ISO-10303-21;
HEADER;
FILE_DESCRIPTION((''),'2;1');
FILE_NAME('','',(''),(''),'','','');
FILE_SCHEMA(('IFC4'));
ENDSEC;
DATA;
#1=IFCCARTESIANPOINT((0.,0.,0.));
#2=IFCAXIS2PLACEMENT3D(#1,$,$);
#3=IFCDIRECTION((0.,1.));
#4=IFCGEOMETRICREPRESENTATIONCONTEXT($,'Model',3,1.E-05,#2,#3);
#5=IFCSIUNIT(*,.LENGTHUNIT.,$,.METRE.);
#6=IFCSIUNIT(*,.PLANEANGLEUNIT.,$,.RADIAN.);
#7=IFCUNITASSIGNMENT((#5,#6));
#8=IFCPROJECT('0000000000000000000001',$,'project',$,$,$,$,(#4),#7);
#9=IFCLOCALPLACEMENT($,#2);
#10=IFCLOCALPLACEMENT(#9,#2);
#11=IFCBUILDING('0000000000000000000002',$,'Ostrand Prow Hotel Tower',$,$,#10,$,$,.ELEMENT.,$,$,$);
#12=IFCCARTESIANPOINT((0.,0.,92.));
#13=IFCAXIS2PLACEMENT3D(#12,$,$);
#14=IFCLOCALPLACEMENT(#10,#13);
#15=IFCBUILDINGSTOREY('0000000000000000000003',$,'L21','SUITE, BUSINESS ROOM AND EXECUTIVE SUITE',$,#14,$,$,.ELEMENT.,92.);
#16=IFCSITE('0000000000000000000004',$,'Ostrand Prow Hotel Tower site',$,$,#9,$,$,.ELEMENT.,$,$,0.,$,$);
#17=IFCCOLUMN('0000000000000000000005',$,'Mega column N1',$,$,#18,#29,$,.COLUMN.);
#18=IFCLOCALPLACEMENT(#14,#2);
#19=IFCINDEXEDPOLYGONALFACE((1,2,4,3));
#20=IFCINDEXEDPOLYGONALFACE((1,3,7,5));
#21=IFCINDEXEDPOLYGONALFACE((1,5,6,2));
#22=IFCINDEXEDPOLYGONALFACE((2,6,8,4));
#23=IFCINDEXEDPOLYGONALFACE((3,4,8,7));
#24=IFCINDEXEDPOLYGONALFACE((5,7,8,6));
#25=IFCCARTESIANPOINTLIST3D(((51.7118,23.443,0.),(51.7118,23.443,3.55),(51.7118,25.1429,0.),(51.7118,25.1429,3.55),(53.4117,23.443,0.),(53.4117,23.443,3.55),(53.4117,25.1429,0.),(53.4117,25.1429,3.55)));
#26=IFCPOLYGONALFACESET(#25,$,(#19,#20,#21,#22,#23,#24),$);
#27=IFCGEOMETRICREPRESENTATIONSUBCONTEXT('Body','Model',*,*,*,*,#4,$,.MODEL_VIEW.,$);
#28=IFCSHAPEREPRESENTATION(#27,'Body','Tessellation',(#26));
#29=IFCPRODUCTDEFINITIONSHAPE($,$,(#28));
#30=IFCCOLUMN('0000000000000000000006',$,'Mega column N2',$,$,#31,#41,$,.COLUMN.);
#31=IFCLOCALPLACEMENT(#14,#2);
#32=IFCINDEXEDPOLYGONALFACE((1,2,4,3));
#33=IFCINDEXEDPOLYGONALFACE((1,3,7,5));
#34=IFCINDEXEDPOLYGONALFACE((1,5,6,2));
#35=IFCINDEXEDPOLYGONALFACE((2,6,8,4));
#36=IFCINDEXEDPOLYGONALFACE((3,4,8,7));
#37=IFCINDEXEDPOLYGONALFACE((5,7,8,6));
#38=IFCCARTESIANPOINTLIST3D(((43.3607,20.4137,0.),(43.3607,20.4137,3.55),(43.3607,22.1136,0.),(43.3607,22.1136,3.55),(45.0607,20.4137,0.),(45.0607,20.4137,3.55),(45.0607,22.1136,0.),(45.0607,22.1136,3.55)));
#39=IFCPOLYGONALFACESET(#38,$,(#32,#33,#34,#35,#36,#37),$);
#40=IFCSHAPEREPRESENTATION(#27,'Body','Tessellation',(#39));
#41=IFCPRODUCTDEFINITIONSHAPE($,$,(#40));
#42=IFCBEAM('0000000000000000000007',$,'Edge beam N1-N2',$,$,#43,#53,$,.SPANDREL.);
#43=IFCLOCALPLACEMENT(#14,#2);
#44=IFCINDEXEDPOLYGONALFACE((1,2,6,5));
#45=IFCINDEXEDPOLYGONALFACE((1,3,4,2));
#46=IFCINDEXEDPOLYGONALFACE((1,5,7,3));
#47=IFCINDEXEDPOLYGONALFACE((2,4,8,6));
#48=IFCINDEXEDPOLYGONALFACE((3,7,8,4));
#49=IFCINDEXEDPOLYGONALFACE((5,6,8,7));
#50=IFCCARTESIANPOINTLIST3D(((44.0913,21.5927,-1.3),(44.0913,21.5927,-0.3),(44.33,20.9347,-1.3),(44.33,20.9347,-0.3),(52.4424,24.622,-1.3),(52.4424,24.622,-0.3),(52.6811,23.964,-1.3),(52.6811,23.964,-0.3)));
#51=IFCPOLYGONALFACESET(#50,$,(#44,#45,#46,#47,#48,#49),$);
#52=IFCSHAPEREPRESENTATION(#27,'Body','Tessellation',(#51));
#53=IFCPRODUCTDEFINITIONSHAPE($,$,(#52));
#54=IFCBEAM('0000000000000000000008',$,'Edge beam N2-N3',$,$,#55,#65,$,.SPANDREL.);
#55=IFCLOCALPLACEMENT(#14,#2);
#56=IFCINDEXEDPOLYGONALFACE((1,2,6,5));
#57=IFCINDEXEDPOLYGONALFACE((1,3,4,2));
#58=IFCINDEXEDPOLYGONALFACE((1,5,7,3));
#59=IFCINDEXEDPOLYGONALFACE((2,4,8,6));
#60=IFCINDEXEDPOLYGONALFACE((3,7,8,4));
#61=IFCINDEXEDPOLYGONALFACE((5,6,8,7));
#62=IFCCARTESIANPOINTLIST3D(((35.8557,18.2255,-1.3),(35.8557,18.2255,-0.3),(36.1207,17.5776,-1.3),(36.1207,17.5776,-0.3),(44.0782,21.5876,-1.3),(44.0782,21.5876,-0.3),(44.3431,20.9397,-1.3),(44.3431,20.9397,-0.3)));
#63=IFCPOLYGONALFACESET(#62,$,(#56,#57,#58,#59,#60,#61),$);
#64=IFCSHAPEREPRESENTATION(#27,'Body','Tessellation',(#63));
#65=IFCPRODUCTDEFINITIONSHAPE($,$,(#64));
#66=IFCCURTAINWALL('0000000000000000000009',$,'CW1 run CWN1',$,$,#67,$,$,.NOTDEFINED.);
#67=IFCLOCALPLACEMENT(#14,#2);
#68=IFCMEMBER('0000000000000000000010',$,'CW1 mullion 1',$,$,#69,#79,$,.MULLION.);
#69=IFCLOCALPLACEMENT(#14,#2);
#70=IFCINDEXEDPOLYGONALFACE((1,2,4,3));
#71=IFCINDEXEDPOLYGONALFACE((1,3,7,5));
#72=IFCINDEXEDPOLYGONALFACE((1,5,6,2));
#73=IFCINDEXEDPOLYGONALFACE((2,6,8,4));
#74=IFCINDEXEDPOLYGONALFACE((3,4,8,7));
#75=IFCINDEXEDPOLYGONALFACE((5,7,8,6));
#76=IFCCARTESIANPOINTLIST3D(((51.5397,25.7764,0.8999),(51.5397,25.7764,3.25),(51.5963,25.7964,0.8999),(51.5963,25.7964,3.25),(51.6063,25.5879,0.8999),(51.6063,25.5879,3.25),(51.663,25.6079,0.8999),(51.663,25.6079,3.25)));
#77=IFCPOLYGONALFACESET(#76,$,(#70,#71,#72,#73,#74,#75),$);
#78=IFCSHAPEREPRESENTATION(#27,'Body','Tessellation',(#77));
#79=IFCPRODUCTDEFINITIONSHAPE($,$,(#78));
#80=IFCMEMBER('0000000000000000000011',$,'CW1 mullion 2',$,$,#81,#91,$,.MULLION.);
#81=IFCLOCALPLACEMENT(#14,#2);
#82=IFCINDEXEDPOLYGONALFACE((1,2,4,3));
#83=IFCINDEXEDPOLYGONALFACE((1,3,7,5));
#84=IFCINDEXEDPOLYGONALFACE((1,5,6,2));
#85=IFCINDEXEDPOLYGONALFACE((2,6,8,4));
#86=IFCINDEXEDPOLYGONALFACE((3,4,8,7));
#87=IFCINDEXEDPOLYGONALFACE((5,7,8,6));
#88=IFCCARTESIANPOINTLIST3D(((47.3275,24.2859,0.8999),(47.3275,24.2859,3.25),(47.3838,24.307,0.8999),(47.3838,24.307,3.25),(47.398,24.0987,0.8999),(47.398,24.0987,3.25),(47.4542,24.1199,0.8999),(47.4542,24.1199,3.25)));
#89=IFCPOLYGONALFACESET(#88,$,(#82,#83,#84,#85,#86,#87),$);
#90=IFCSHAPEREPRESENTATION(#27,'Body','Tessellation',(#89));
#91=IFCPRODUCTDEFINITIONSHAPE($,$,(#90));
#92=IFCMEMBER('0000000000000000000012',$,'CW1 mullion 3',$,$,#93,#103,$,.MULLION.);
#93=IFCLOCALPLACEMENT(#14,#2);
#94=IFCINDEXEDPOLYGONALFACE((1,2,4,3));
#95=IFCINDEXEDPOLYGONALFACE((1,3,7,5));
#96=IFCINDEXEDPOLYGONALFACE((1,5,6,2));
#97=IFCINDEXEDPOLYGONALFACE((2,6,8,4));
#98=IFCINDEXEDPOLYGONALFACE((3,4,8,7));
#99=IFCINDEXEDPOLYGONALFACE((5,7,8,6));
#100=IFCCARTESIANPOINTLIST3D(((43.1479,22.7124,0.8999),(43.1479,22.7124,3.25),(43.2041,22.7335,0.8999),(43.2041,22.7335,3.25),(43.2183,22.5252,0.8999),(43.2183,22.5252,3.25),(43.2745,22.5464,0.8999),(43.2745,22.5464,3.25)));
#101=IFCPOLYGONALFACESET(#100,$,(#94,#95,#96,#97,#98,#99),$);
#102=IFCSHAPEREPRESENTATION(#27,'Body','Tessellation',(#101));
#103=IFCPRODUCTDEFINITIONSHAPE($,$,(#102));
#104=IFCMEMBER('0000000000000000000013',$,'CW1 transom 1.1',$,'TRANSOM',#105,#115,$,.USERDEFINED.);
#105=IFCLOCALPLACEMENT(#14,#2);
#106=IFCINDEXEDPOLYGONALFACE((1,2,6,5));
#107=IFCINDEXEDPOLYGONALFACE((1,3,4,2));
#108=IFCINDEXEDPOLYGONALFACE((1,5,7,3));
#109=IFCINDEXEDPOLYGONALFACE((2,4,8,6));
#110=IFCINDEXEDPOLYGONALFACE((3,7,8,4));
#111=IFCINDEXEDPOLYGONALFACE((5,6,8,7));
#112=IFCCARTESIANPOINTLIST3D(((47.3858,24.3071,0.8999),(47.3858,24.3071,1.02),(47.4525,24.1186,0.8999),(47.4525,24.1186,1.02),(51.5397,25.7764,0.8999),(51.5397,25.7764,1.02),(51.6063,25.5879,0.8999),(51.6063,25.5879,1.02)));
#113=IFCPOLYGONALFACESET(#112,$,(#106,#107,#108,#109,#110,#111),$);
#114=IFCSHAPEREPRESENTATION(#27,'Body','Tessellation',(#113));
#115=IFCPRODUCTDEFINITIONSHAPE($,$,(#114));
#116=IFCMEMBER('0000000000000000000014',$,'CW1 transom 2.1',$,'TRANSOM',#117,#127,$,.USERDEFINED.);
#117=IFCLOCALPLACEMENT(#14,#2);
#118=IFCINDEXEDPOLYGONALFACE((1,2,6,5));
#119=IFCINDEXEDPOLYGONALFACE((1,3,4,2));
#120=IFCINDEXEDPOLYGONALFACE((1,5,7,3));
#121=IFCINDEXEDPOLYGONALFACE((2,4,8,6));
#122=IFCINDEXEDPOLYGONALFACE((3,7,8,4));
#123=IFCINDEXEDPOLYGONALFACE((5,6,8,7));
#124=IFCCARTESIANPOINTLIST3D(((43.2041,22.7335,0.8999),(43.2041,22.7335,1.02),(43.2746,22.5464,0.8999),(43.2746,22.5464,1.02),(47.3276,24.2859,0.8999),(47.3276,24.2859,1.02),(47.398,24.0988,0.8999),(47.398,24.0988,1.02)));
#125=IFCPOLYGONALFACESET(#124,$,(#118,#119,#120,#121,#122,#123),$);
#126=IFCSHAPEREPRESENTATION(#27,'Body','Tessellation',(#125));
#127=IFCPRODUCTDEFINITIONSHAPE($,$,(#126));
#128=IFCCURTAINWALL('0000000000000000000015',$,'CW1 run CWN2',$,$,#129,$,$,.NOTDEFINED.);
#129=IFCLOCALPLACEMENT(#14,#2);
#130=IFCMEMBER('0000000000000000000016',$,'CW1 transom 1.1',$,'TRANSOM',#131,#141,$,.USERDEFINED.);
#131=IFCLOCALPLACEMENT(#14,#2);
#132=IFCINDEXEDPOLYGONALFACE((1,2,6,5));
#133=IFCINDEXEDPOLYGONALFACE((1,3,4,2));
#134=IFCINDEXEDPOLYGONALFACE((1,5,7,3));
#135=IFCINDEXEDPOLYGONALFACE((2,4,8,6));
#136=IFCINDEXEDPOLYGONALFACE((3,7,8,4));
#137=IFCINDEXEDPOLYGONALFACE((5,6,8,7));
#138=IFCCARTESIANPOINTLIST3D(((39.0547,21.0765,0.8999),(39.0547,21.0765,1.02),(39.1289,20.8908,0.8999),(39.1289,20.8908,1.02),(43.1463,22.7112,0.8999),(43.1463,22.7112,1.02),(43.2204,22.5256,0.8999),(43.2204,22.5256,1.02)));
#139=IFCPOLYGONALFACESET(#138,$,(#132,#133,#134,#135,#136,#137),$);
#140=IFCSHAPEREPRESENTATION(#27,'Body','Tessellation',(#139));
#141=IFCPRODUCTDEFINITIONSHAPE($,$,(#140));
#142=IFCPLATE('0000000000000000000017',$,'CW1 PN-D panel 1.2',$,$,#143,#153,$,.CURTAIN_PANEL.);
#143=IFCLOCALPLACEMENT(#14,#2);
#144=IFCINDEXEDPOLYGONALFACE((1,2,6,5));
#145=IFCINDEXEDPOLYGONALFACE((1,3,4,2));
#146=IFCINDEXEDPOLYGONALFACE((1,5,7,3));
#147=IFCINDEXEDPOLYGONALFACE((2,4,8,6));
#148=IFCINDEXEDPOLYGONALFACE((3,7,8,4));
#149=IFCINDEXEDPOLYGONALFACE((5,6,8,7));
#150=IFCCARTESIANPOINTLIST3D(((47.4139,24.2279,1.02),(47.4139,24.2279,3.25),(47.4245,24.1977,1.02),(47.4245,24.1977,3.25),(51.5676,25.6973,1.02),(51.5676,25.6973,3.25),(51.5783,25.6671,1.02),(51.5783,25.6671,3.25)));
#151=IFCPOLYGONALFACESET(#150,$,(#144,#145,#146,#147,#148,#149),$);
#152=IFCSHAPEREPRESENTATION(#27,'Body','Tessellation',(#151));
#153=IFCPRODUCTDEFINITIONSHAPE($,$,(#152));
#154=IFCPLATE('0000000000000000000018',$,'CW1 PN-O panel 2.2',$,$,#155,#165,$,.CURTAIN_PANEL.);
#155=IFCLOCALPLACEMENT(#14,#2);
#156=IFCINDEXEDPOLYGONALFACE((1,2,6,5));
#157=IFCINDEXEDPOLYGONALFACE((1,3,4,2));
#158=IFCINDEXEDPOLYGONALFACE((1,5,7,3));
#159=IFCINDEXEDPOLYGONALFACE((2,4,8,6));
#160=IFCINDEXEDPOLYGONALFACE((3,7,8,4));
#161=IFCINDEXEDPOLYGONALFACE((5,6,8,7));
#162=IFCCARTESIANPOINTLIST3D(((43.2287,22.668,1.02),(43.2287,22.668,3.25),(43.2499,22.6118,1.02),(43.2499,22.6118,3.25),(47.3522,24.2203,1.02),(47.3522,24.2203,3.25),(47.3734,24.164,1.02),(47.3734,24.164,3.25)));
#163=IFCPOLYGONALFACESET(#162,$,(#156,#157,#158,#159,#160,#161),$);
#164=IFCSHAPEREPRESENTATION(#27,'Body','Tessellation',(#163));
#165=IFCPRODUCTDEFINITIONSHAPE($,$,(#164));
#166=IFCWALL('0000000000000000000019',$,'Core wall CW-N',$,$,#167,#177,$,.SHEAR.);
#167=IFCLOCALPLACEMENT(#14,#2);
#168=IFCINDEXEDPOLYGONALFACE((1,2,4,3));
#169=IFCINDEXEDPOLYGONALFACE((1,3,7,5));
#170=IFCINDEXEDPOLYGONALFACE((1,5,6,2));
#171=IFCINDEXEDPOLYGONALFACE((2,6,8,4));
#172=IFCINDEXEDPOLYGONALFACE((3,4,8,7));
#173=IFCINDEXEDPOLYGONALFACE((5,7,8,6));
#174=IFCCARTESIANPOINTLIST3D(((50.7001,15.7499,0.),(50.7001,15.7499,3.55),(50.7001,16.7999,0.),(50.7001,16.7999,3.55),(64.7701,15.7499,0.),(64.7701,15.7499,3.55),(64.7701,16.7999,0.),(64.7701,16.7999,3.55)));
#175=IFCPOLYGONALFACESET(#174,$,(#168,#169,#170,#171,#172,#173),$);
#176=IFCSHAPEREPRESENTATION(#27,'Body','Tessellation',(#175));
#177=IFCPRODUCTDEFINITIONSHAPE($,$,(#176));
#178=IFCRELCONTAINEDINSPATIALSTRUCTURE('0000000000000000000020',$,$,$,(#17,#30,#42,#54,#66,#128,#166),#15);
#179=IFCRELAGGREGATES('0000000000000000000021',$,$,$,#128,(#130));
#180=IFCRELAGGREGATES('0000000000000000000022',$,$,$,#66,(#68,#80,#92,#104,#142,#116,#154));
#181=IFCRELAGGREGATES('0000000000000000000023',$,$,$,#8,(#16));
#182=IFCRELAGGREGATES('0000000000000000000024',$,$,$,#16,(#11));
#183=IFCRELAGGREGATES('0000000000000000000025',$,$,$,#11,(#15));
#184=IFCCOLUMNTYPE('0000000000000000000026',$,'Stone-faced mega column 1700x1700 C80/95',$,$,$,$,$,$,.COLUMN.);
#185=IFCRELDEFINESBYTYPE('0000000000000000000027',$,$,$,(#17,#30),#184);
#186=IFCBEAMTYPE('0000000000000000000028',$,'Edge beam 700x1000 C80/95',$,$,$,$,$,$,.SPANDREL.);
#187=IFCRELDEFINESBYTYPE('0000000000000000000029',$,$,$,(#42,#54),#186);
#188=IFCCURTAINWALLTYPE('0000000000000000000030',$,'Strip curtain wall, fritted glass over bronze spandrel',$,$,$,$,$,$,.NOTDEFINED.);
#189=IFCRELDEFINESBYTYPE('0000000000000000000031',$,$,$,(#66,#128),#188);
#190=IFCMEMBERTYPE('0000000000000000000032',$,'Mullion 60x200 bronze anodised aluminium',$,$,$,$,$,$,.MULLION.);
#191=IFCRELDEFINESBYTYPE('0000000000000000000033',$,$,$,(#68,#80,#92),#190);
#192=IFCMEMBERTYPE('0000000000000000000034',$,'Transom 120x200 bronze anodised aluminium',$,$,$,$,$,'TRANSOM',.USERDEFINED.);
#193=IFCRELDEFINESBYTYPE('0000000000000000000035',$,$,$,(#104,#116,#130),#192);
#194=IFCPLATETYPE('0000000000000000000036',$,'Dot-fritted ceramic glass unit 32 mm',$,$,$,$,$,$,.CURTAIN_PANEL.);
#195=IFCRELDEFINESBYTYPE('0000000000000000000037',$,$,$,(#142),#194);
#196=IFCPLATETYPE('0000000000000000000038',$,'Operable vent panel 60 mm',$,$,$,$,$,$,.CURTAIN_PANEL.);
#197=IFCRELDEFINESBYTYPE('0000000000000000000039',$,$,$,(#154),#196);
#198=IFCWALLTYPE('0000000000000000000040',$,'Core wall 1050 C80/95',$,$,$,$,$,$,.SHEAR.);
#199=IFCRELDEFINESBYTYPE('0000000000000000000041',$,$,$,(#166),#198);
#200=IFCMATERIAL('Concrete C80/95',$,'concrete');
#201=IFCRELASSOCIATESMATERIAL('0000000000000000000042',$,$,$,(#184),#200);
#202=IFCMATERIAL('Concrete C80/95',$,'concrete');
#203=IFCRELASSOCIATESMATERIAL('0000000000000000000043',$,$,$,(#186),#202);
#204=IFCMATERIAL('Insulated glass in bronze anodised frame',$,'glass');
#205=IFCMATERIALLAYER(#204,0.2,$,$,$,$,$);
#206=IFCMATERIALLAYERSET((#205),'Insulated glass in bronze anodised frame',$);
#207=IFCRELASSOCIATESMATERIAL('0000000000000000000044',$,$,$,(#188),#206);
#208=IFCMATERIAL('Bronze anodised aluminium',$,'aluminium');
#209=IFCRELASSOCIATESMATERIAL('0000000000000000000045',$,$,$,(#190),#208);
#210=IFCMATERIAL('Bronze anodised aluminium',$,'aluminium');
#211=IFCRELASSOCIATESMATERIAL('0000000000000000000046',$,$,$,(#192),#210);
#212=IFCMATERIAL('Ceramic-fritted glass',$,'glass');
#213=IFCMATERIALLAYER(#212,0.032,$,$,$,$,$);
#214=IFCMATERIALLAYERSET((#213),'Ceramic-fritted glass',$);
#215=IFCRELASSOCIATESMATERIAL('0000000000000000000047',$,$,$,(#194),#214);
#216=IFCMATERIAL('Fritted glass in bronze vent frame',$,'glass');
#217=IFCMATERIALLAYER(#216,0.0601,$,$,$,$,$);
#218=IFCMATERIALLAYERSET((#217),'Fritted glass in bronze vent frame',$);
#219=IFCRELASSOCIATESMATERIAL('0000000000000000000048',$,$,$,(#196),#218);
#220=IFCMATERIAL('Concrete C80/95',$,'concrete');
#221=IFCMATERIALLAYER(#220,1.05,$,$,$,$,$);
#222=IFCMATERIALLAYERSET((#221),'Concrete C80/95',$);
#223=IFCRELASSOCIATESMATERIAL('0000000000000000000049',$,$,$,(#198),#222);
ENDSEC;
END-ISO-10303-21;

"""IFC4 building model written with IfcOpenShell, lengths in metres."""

from ifc_helpers import new_model, si_unit, direction, frame, frame_2d, origin, origin_2d, place, context, subcontext, project, spatial, rectangle, extrude, material, layer, layer_set, material_profile, profile_set, type_object, element, aggregate, save


model = new_model("IFC4")

# Units and contexts
model_context = context("Model", 3, precision=1e-05, world=origin(), true_north=direction((0.0, 1.0)))
body_context = subcontext(model_context, "Body", "Model", "MODEL_VIEW")
ifc_project = project(units=[si_unit("LENGTHUNIT", "METRE"), si_unit("PLANEANGLEUNIT", "RADIAN")], contexts=[model_context])

# Site, building, storey
site_placement = place(None, origin())
site = spatial("IfcSite", under=ifc_project, at=site_placement, Name="Ostrand Prow Hotel Tower site", CompositionType="ELEMENT", RefElevation=0.0)
building_placement = place(site_placement, origin())
building = spatial("IfcBuilding", under=site, at=building_placement, Name="Ostrand Prow Hotel Tower", CompositionType="ELEMENT")
storey_placement = place(building_placement, frame((0.0, 0.0, 92.0)))
storey = spatial("IfcBuildingStorey", under=building, at=storey_placement, Name="L21", Description="SUITE, BUSINESS ROOM AND EXECUTIVE SUITE", CompositionType="ELEMENT", Elevation=92.0)

# Columns
ifc_material_1 = material(Name="Concrete C80/95", Category="concrete")
ifc_material_profile_1 = material_profile(ifc_material_1, rectangle(XDim=1.7, YDim=1.7, at=origin_2d()), Name="RC 1700x1700")
ifc_profile_set_1 = profile_set([ifc_material_profile_1], Name="Concrete C80/95")
column_type = type_object("IfcColumnType", Name="Stone-faced mega column 1700x1700 C80/95", PredefinedType="COLUMN", material=ifc_profile_set_1)
for number, where, z_axis, x_axis, name in (
    (1, (52.5618, 24.293, 0.0), (0.0, 0.0, 1.0), (1.0, 0.0, 0.0), "Mega column N1"),
    (2, (44.2107, 21.2637, 0.0), (0.0, 0.0, 1.0), (1.0, 0.0, 0.0), "Mega column N2"),
):
    element("IfcColumn", number, at=place(storey_placement, frame(where, z_axis=z_axis, x_axis=x_axis)), inside=storey, type_object=column_type, Name=name, PredefinedType="COLUMN", context=body_context, shape_type="SweptSolid", body=[
        extrude(rectangle(XDim=1.7, YDim=1.7, at=origin_2d()), origin(), (0.0, 0.0, 1.0), 3.55),
    ])

# Beams
ifc_material_2 = material(Name="Concrete C80/95", Category="concrete")
ifc_material_profile_2 = material_profile(ifc_material_2, rectangle(XDim=0.7, YDim=1.0, at=origin_2d()), Name="RC 700x1000")
ifc_profile_set_2 = profile_set([ifc_material_profile_2], Name="Concrete C80/95")
beam_type = type_object("IfcBeamType", Name="Edge beam 700x1000 C80/95", PredefinedType="SPANDREL", material=ifc_profile_set_2)
beam_1_placement = place(storey_placement, frame((52.5618, 24.293, -0.8), z_axis=(-0.940063, -0.341002, 0.0), x_axis=(0.341002, -0.940063, 0.0)))
element("IfcBeam", 3, at=beam_1_placement, inside=storey, type_object=beam_type, Name="Edge beam N1-N2", PredefinedType="SPANDREL", context=body_context, shape_type="SweptSolid", body=[
    extrude(rectangle(XDim=0.7, YDim=1.0, at=origin_2d()), origin(), (0.0, 0.0, 1.0), 8.8835),
])
beam_2_placement = place(storey_placement, frame((44.2107, 21.2637, -0.8), z_axis=(-0.925612, -0.378473, 0.0), x_axis=(0.378473, -0.925612, 0.0)))
element("IfcBeam", 4, at=beam_2_placement, inside=storey, type_object=beam_type, Name="Edge beam N2-N3", PredefinedType="SPANDREL", context=body_context, shape_type="SweptSolid", body=[
    extrude(rectangle(XDim=0.7, YDim=1.0, at=origin_2d()), origin(), (0.0, 0.0, 1.0), 8.8833),
])

# Curtain wall, members
ifc_material_3 = material(Name="Insulated glass in bronze anodised frame", Category="glass")
ifc_layer_1 = layer(ifc_material_3, 0.2)
ifc_layer_set_1 = layer_set([ifc_layer_1], Name="Insulated glass in bronze anodised frame")
curtain_wall_type = type_object("IfcCurtainWallType", Name="Strip curtain wall, fritted glass over bronze spandrel", PredefinedType="NOTDEFINED", material=ifc_layer_set_1)
curtain_wall_1_placement = place(storey_placement, origin())
curtain_wall_1 = element("IfcCurtainWall", 5, at=curtain_wall_1_placement, inside=storey, type_object=curtain_wall_type, Name="CW1 run CWN1", PredefinedType="NOTDEFINED")
ifc_material_4 = material(Name="Bronze anodised aluminium", Category="aluminium")
ifc_material_profile_3 = material_profile(ifc_material_4, rectangle(XDim=0.2, YDim=0.0601, at=origin_2d()), Name="Mullion 60x200 bronze anodised aluminium")
ifc_profile_set_3 = profile_set([ifc_material_profile_3], Name="Bronze anodised aluminium")
member_type_1 = type_object("IfcMemberType", Name="Mullion 60x200 bronze anodised aluminium", PredefinedType="MULLION", material=ifc_profile_set_3)
member_1_placement = place(storey_placement, frame((51.6013, 25.6921, 0.8999), z_axis=(0.0, 0.0, 1.0), x_axis=(0.333496, -0.942752, 0.0)))
member_1 = element("IfcMember", 6, at=member_1_placement, type_object=member_type_1, Name="CW1 mullion 1", PredefinedType="MULLION", context=body_context, shape_type="SweptSolid", body=[
    extrude(rectangle(XDim=0.2, YDim=0.0601, at=origin_2d()), origin(), (0.0, 0.0, 1.0), 2.3501),
])
member_2_placement = place(storey_placement, frame((47.3909, 24.2029, 0.8999), z_axis=(0.0, 0.0, 1.0), x_axis=(0.352309, -0.935884, 0.0)))
member_2 = element("IfcMember", 7, at=member_2_placement, type_object=member_type_1, Name="CW1 mullion 2", PredefinedType="MULLION", context=body_context, shape_type="SweptSolid", body=[
    extrude(rectangle(XDim=0.2, YDim=0.0601, at=origin_2d()), origin(), (0.0, 0.0, 1.0), 2.3501),
])
member_3_placement = place(storey_placement, frame((43.2112, 22.6294, 0.8999), z_axis=(0.0, 0.0, 1.0), x_axis=(0.352309, -0.935884, 0.0)))
member_3 = element("IfcMember", 8, at=member_3_placement, type_object=member_type_1, Name="CW1 mullion 3", PredefinedType="MULLION", context=body_context, shape_type="SweptSolid", body=[
    extrude(rectangle(XDim=0.2, YDim=0.0601, at=origin_2d()), origin(), (0.0, 0.0, 1.0), 2.3501),
])
ifc_material_5 = material(Name="Bronze anodised aluminium", Category="aluminium")
ifc_material_profile_4 = material_profile(ifc_material_5, rectangle(XDim=0.2, YDim=0.1201, at=origin_2d()), Name="Transom 120x200 bronze anodised aluminium")
ifc_profile_set_4 = profile_set([ifc_material_profile_4], Name="Bronze anodised aluminium")
member_type_2 = type_object("IfcMemberType", Name="Transom 120x200 bronze anodised aluminium", ElementType="TRANSOM", PredefinedType="USERDEFINED", material=ifc_profile_set_4)
member_4_placement = place(storey_placement, frame((51.573, 25.6821, 0.96), z_axis=(-0.942763, -0.333463, 0.0), x_axis=(0.333463, -0.942763, 0.0)))
member_4 = element("IfcMember", 9, at=member_4_placement, type_object=member_type_2, Name="CW1 transom 1.1", ObjectType="TRANSOM", PredefinedType="USERDEFINED", context=body_context, shape_type="SweptSolid", body=[
    extrude(rectangle(XDim=0.2, YDim=0.1201, at=origin_2d()), origin(), (0.0, 0.0, 1.0), 4.406),
])
member_5_placement = place(storey_placement, frame((47.3628, 24.1924, 0.96), z_axis=(-0.935868, -0.35235, 0.0), x_axis=(0.35235, -0.935868, 0.0)))
member_5 = element("IfcMember", 10, at=member_5_placement, type_object=member_type_2, Name="CW1 transom 2.1", ObjectType="TRANSOM", PredefinedType="USERDEFINED", context=body_context, shape_type="SweptSolid", body=[
    extrude(rectangle(XDim=0.2, YDim=0.1201, at=origin_2d()), origin(), (0.0, 0.0, 1.0), 4.406),
])

# Curtain wall, member
curtain_wall_2_placement = place(storey_placement, origin())
curtain_wall_2 = element("IfcCurtainWall", 11, at=curtain_wall_2_placement, inside=storey, type_object=curtain_wall_type, Name="CW1 run CWN2", PredefinedType="NOTDEFINED")
member_6_placement = place(storey_placement, frame((43.1833, 22.6184, 0.96), z_axis=(-0.928622, -0.371028, 0.0), x_axis=(0.371028, -0.928622, 0.0)))
member_6 = element("IfcMember", 12, at=member_6_placement, type_object=member_type_2, Name="CW1 transom 1.1", ObjectType="TRANSOM", PredefinedType="USERDEFINED", context=body_context, shape_type="SweptSolid", body=[
    extrude(rectangle(XDim=0.2, YDim=0.1201, at=origin_2d()), origin(), (0.0, 0.0, 1.0), 4.406),
])
aggregate(curtain_wall_2, [member_6])

# Plates
ifc_material_6 = material(Name="Ceramic-fritted glass", Category="glass")
ifc_layer_2 = layer(ifc_material_6, 0.032)
ifc_layer_set_2 = layer_set([ifc_layer_2], Name="Ceramic-fritted glass")
plate_type_1 = type_object("IfcPlateType", Name="Dot-fritted ceramic glass unit 32 mm", PredefinedType="CURTAIN_PANEL", material=ifc_layer_set_2)
plate_1_placement = place(storey_placement, frame((49.4961, 24.9475, 1.02), z_axis=(0.0, 0.0, 1.0), x_axis=(-0.942752, -0.333496, 0.0)))
plate_1 = element("IfcPlate", 13, at=plate_1_placement, type_object=plate_type_1, Name="CW1 PN-D panel 1.2", PredefinedType="CURTAIN_PANEL", context=body_context, shape_type="SweptSolid", body=[
    extrude(rectangle(XDim=4.406, YDim=0.032, at=origin_2d()), origin(), (0.0, 0.0, 1.0), 2.23),
])
ifc_material_7 = material(Name="Fritted glass in bronze vent frame", Category="glass")
ifc_layer_3 = layer(ifc_material_7, 0.0601)
ifc_layer_set_3 = layer_set([ifc_layer_3], Name="Fritted glass in bronze vent frame")
plate_type_2 = type_object("IfcPlateType", Name="Operable vent panel 60 mm", PredefinedType="CURTAIN_PANEL", material=ifc_layer_set_3)
plate_2_placement = place(storey_placement, frame((45.301, 23.416, 1.02), z_axis=(0.0, 0.0, 1.0), x_axis=(-0.935884, -0.352309, 0.0)))
plate_2 = element("IfcPlate", 14, at=plate_2_placement, type_object=plate_type_2, Name="CW1 PN-O panel 2.2", PredefinedType="CURTAIN_PANEL", context=body_context, shape_type="SweptSolid", body=[
    extrude(rectangle(XDim=4.406, YDim=0.0601, at=origin_2d()), origin(), (0.0, 0.0, 1.0), 2.23),
])
aggregate(curtain_wall_1, [member_1, member_2, member_3, member_4, plate_1, member_5, plate_2])

# Wall
ifc_material_8 = material(Name="Concrete C80/95", Category="concrete")
ifc_layer_4 = layer(ifc_material_8, 1.05)
ifc_layer_set_4 = layer_set([ifc_layer_4], Name="Concrete C80/95")
wall_type_1 = type_object("IfcWallType", Name="Core wall 1050 C80/95", PredefinedType="SHEAR", material=ifc_layer_set_4)
wall_1_placement = place(storey_placement, frame((50.7, 16.2749, 0.0), z_axis=(0.0, 0.0, 1.0), x_axis=(1.0, 0.0, 0.0)))
element("IfcWall", 15, at=wall_1_placement, inside=storey, type_object=wall_type_1, Name="Core wall CW-N", PredefinedType="SHEAR", context=body_context, shape_type="SweptSolid", body=[
    extrude(rectangle(XDim=14.0701, YDim=1.05, at=frame_2d((7.0352, 0.0))), origin(), (0.0, 0.0, 1.0), 3.55),
])

save(model, "model.ifc")
